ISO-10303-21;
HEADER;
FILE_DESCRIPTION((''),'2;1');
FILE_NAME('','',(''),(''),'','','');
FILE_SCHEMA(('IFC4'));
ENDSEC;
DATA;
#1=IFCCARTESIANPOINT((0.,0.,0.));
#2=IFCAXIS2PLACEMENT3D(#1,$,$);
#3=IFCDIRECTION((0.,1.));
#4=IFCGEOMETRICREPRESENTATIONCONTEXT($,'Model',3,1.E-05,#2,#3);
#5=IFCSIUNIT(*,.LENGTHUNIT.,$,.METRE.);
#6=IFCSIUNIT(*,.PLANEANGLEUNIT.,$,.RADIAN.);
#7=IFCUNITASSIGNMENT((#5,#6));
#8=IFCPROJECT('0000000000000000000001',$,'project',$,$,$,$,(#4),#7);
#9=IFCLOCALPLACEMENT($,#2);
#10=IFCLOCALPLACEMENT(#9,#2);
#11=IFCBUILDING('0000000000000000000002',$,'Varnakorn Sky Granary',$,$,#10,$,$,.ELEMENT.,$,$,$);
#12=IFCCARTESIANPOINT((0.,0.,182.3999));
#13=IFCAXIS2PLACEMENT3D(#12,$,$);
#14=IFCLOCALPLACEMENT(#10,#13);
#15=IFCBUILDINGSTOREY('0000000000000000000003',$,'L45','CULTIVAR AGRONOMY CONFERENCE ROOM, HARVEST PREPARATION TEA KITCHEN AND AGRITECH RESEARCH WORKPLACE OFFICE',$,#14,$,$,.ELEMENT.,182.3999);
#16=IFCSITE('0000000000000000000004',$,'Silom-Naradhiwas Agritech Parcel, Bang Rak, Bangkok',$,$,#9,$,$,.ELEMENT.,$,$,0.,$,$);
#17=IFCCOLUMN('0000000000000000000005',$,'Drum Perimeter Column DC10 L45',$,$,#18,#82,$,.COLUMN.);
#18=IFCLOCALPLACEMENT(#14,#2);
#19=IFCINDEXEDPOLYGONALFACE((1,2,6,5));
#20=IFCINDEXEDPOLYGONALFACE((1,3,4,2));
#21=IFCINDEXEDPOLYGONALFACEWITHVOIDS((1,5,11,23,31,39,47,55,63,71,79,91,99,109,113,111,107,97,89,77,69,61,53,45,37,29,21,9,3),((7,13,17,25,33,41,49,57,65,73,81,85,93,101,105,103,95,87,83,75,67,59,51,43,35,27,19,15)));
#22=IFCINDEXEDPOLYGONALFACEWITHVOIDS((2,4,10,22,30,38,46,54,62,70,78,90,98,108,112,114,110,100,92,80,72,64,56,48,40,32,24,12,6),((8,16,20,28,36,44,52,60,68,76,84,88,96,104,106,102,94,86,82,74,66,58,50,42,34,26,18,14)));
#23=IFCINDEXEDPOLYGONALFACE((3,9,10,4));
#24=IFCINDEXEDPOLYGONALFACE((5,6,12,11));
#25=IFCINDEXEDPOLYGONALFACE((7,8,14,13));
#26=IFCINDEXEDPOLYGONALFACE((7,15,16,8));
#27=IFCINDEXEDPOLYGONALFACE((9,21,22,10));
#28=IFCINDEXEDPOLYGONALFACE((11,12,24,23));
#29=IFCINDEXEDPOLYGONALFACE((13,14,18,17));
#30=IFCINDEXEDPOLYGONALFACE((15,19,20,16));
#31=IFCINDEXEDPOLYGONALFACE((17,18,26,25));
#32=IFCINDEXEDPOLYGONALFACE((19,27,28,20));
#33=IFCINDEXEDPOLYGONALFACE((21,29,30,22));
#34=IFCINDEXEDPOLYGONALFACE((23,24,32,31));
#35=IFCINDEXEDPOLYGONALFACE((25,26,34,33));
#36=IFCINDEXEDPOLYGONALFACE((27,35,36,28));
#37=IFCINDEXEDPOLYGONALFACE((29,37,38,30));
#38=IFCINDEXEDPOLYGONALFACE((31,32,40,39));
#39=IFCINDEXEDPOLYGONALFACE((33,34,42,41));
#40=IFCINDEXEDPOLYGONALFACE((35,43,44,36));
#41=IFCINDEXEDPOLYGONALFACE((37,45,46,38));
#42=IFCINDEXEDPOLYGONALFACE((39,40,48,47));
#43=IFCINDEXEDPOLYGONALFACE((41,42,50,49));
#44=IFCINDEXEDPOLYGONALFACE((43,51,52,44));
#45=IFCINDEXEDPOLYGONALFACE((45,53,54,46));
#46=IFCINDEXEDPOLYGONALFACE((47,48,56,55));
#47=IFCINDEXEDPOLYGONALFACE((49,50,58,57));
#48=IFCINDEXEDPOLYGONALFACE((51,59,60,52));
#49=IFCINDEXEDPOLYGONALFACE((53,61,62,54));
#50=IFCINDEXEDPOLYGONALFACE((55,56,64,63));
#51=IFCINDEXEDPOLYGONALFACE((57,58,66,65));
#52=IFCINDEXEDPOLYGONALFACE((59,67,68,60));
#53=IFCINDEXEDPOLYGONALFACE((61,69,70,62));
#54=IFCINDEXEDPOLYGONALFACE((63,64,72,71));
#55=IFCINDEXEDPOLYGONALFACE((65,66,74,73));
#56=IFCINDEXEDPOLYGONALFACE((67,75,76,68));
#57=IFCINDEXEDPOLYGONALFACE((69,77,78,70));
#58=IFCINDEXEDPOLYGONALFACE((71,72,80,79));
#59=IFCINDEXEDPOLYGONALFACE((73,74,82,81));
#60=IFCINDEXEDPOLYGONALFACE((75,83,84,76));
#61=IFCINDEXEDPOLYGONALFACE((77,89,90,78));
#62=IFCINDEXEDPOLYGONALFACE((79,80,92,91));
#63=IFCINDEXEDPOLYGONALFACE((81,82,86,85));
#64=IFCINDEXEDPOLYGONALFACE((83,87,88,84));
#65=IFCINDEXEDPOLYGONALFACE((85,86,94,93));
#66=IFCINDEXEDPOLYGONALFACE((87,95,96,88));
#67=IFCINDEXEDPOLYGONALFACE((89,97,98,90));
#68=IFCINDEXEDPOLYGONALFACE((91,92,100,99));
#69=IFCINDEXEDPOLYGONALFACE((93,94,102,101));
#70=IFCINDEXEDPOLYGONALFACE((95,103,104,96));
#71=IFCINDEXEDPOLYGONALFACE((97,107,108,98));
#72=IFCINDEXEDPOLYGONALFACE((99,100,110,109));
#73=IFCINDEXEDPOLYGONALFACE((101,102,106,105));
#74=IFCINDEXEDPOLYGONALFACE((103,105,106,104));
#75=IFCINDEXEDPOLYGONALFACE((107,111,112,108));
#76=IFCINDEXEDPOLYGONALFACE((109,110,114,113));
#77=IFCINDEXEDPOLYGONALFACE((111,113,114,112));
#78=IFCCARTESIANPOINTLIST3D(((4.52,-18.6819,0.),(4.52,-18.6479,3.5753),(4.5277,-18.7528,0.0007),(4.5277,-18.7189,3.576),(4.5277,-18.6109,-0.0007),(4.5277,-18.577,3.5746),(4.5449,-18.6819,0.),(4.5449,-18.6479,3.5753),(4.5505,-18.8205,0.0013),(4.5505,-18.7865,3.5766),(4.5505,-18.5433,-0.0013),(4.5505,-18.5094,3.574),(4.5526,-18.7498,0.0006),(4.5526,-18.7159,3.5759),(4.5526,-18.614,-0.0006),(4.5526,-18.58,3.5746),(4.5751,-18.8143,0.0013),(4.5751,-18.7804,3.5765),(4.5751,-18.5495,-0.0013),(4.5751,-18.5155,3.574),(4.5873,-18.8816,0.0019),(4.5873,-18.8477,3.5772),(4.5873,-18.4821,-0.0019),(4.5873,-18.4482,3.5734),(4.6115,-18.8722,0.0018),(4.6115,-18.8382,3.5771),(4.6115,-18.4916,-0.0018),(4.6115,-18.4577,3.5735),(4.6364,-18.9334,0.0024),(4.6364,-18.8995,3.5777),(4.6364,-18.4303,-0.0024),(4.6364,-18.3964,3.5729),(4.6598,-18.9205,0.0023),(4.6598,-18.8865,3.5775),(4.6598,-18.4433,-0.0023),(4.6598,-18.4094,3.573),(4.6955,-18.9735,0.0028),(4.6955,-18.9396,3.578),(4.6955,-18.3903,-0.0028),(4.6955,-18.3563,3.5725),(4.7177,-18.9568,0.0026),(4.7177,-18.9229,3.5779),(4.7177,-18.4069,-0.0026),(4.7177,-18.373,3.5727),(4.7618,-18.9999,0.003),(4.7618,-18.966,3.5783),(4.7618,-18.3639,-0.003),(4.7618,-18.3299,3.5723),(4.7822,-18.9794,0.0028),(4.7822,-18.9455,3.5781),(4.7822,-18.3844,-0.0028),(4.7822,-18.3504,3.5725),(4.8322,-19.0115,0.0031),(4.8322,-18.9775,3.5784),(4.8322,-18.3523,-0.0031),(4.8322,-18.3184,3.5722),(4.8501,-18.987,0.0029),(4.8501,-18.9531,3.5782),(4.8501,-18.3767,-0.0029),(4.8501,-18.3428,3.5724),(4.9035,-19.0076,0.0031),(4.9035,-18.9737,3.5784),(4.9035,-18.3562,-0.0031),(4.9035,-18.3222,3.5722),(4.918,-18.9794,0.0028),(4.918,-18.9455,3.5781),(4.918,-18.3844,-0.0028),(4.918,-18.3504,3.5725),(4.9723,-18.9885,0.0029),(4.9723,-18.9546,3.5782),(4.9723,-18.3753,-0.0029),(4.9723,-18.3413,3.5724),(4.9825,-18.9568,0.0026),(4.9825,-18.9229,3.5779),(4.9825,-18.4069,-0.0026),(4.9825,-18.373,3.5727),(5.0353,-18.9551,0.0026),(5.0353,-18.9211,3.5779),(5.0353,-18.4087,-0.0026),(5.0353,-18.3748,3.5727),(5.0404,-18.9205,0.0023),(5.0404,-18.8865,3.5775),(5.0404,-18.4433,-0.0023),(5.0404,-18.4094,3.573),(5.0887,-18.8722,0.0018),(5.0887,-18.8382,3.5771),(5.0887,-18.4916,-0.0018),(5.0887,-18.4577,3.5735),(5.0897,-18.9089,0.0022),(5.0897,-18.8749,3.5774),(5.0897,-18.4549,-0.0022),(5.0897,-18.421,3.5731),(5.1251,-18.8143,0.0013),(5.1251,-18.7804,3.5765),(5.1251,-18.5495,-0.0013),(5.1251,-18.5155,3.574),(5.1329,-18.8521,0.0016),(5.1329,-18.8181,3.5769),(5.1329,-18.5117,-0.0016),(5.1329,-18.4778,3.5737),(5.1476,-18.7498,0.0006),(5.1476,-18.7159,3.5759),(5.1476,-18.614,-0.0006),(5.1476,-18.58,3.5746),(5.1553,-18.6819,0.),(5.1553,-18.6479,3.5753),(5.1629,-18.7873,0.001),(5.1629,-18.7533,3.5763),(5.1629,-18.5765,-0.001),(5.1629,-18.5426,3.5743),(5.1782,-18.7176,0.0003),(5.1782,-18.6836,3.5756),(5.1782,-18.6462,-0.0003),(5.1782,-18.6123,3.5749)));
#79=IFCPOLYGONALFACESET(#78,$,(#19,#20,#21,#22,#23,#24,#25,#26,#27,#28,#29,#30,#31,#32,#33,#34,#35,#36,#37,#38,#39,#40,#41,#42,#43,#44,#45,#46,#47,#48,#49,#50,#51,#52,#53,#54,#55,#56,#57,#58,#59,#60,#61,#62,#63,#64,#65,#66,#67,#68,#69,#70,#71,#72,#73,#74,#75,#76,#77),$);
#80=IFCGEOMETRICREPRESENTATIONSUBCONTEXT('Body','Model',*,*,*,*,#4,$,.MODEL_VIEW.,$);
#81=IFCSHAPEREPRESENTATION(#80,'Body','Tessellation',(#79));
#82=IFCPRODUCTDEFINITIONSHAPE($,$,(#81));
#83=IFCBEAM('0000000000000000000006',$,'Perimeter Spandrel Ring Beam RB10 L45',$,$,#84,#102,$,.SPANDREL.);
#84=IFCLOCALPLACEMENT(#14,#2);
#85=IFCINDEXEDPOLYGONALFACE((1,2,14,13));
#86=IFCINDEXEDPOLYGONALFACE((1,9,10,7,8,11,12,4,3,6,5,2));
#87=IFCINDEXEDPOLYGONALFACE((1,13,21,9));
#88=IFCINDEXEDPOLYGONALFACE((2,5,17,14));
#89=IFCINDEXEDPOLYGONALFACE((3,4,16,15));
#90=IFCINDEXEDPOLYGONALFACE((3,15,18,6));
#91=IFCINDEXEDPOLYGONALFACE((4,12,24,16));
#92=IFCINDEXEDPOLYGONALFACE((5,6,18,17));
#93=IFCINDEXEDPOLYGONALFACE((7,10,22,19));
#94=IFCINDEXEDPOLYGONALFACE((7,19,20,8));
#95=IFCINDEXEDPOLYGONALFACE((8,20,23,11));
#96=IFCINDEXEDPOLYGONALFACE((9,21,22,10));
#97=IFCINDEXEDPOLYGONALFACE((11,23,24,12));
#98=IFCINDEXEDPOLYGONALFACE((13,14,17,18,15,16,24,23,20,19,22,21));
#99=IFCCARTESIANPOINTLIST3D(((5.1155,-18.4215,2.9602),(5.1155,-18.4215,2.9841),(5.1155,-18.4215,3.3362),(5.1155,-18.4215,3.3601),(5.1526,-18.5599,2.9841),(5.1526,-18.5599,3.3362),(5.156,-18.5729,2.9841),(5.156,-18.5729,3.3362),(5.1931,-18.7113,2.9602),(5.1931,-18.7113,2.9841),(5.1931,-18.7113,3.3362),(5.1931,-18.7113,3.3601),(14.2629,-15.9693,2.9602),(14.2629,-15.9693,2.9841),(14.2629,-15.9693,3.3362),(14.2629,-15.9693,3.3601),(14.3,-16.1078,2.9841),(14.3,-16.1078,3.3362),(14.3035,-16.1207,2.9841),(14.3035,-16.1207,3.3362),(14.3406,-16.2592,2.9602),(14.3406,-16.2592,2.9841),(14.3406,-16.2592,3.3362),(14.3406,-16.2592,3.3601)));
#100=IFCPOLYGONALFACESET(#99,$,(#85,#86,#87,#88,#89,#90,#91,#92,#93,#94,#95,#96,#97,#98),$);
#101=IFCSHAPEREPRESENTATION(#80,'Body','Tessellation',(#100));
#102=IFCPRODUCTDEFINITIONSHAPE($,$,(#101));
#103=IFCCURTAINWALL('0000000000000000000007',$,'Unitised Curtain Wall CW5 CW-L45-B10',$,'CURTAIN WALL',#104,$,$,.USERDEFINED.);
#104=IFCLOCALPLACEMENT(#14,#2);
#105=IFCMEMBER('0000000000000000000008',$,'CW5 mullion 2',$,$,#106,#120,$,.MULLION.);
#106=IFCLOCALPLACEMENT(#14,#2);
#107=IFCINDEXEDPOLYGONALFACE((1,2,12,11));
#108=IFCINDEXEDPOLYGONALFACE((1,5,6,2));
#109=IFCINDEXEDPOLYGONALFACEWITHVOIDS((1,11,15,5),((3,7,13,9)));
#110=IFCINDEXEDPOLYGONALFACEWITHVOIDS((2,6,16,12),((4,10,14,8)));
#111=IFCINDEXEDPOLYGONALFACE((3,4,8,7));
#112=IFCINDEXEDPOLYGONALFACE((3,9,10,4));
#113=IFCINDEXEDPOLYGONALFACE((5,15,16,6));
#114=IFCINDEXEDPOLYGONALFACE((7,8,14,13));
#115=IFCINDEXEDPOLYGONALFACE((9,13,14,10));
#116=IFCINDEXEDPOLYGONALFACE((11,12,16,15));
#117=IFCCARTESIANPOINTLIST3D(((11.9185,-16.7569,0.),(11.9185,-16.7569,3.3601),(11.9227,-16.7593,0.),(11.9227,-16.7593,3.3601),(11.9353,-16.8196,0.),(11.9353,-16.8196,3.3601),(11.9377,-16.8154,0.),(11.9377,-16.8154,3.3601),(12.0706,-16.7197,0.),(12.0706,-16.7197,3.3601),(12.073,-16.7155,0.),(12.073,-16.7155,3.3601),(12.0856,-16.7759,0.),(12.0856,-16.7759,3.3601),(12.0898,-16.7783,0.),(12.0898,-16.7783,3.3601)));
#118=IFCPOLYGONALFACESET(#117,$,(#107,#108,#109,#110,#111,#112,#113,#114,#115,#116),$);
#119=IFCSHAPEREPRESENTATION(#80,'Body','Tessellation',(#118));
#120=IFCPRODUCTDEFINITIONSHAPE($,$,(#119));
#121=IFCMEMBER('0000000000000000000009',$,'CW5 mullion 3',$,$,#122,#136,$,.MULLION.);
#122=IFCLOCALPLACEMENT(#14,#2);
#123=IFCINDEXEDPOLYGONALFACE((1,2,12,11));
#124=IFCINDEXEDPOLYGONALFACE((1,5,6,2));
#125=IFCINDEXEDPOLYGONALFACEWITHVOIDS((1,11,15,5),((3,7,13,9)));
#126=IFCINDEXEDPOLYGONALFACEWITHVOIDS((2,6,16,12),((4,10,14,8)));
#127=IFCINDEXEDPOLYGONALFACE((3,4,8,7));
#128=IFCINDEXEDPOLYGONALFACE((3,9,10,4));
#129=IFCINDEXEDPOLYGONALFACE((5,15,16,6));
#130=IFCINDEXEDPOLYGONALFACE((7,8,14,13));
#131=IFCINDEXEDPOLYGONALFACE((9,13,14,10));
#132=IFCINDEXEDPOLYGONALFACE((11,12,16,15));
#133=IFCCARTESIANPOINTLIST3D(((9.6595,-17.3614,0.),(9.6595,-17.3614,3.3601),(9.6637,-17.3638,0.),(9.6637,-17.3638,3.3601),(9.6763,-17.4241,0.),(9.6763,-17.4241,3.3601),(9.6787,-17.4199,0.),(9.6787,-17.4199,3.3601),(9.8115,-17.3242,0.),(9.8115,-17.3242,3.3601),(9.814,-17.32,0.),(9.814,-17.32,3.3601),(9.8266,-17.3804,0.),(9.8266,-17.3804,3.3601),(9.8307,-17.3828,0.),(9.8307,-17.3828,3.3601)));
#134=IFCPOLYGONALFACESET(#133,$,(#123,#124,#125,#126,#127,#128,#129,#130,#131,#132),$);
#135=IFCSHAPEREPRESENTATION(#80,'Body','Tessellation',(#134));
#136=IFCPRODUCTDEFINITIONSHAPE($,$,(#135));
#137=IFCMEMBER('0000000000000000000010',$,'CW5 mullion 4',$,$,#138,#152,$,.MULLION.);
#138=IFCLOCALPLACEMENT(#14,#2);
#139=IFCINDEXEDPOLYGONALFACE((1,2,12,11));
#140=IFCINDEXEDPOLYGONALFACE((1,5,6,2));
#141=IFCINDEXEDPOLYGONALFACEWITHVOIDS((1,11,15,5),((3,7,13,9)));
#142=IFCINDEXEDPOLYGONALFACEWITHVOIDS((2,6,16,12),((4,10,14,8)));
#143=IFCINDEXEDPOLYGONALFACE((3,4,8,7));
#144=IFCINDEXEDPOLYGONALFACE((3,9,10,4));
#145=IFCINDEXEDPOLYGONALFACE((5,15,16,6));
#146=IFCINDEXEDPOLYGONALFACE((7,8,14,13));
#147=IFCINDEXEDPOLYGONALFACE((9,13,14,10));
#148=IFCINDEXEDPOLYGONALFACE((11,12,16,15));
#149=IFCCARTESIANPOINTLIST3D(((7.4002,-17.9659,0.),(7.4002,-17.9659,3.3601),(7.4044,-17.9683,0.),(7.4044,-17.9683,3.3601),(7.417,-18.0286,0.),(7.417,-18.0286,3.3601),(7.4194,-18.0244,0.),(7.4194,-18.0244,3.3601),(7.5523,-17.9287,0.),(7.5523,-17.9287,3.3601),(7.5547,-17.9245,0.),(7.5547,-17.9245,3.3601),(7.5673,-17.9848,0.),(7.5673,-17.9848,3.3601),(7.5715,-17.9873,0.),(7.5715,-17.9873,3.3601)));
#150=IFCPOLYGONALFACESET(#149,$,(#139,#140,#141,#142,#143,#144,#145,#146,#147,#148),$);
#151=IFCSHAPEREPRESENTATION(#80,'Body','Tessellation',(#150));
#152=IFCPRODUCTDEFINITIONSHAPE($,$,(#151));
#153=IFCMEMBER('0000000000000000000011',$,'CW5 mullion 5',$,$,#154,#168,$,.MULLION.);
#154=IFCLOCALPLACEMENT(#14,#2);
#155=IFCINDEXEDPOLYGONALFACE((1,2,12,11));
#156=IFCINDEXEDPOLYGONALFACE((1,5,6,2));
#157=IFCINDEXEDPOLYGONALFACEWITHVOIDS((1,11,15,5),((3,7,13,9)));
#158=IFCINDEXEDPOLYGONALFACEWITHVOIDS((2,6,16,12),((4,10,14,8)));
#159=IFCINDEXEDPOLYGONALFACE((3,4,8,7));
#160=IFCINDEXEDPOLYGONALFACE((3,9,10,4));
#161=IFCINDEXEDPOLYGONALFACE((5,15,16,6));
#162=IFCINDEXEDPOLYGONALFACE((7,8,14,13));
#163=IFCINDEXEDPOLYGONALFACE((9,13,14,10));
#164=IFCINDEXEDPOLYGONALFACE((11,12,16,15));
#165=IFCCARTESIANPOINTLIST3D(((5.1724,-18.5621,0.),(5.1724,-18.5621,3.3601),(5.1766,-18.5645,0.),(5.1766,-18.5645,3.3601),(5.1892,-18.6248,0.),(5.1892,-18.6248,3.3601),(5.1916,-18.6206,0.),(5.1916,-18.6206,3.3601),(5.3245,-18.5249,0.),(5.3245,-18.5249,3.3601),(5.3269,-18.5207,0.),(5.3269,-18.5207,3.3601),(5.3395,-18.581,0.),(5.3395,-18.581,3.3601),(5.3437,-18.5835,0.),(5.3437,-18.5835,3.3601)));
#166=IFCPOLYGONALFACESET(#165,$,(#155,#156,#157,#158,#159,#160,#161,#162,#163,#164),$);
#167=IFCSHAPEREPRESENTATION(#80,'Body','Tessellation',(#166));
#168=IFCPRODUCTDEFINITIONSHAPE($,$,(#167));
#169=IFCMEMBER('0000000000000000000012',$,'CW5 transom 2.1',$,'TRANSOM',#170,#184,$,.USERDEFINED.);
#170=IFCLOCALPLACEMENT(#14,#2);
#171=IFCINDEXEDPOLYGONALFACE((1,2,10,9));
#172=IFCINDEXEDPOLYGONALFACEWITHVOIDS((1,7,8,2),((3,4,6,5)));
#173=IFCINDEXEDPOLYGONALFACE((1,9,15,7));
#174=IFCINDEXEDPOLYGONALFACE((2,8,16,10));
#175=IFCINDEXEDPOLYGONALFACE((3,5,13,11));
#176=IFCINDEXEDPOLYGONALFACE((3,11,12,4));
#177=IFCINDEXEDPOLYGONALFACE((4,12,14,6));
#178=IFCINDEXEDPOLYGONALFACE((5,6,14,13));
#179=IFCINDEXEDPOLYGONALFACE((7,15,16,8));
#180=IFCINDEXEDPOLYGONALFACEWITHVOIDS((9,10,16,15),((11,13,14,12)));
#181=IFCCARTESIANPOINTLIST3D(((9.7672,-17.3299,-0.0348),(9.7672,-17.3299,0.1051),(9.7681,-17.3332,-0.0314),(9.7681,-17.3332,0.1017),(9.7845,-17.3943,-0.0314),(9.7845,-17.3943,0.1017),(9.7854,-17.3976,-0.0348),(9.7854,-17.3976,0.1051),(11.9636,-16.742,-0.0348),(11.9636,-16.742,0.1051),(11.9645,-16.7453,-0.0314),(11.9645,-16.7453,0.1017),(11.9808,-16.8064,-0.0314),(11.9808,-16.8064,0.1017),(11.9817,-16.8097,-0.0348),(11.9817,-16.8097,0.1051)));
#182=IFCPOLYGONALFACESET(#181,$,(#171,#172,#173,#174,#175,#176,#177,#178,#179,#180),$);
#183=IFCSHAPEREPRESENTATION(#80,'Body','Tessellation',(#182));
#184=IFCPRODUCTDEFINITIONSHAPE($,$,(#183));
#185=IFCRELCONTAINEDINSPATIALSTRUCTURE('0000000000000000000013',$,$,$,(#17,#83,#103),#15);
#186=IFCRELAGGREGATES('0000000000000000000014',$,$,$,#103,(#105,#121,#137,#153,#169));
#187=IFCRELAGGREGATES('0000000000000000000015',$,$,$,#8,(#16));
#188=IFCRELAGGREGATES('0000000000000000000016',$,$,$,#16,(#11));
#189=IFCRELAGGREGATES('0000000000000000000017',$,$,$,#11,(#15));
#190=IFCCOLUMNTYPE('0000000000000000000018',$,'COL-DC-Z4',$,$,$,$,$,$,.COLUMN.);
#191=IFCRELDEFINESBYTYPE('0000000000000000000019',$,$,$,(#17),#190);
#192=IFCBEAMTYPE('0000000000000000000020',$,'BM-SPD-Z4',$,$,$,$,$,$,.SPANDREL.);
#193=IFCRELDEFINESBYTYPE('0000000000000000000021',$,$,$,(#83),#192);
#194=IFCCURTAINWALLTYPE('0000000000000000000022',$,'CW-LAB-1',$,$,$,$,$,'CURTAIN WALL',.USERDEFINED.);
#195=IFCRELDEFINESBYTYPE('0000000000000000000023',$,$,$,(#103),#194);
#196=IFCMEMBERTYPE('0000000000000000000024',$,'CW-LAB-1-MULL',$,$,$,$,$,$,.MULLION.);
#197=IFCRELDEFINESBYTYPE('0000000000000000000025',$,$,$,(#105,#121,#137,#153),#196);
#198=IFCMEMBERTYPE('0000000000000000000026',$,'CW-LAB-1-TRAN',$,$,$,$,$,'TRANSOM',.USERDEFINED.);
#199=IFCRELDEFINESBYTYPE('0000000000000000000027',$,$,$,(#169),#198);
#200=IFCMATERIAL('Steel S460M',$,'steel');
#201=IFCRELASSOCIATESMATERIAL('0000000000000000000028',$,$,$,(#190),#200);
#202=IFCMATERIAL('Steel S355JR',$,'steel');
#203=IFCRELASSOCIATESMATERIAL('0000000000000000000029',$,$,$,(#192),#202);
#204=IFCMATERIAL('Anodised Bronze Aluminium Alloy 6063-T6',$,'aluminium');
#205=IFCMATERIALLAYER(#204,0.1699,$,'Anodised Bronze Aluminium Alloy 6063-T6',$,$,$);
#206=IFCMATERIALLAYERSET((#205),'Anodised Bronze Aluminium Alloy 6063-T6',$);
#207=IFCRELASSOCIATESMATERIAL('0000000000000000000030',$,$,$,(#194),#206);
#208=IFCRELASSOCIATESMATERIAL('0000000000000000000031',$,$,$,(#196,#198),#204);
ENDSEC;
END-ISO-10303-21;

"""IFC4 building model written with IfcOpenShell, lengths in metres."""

from ifc_helpers import new_model, si_unit, direction, frame, origin, origin_2d, place, context, subcontext, project, spatial, hollow_rectangle, hollow_circle, i_section, extrude, material, layer, layer_set, material_profile, profile_set, type_object, element, aggregate, save


model = new_model("IFC4")

# Units and contexts
model_context = context("Model", 3, precision=1e-05, world=origin(), true_north=direction((0.0, 1.0)))
body_context = subcontext(model_context, "Body", "Model", "MODEL_VIEW")
ifc_project = project(units=[si_unit("LENGTHUNIT", "METRE"), si_unit("PLANEANGLEUNIT", "RADIAN")], contexts=[model_context])

# Site, building, storey
site_placement = place(None, origin())
site = spatial("IfcSite", under=ifc_project, at=site_placement, Name="Silom-Naradhiwas Agritech Parcel, Bang Rak, Bangkok", CompositionType="ELEMENT", RefElevation=0.0)
building_placement = place(site_placement, origin())
building = spatial("IfcBuilding", under=site, at=building_placement, Name="Varnakorn Sky Granary", CompositionType="ELEMENT")
storey_placement = place(building_placement, frame((0.0, 0.0, 182.3999)))
storey = spatial("IfcBuildingStorey", under=building, at=storey_placement, Name="L45", Description="CULTIVAR AGRONOMY CONFERENCE ROOM, HARVEST PREPARATION TEA KITCHEN AND AGRITECH RESEARCH WORKPLACE OFFICE", CompositionType="ELEMENT", Elevation=182.3999)

# Column
ifc_material_1 = material(Name="Steel S460M", Category="steel")
ifc_material_profile_1 = material_profile(ifc_material_1, hollow_circle(Radius=0.3301, WallThickness=0.0249, at=origin_2d()), Name="CHS 660x25")
ifc_profile_set_1 = profile_set([ifc_material_profile_1], Name="Steel S460M")
column_type = type_object("IfcColumnType", Name="COL-DC-Z4", PredefinedType="COLUMN", material=ifc_profile_set_1)
column_placement = place(storey_placement, frame((4.8501, -18.6819, 0.0), z_axis=(0.0, 0.009492, 0.999955), x_axis=(-1.0, 0.0, 0.0)))
element("IfcColumn", 1, at=column_placement, inside=storey, type_object=column_type, Name="Drum Perimeter Column DC10 L45", PredefinedType="COLUMN", context=body_context, shape_type="SweptSolid", body=[
    extrude(hollow_circle(Radius=0.3301, WallThickness=0.0249, at=origin_2d()), origin(), (0.0, 0.0, 1.0), 3.5754),
])

# Beam
ifc_material_2 = material(Name="Steel S355JR", Category="steel")
ifc_material_profile_2 = material_profile(ifc_material_2, i_section(OverallWidth=0.3, OverallDepth=0.3999, WebThickness=0.0134, FlangeThickness=0.0239, at=origin_2d()), Name="HE 400 B")
ifc_profile_set_2 = profile_set([ifc_material_profile_2], Name="Steel S355JR")
beam_type = type_object("IfcBeamType", Name="BM-SPD-Z4", PredefinedType="SPANDREL", material=ifc_profile_set_2)
beam_placement = place(storey_placement, frame((5.1543, -18.5664, 3.1602), z_axis=(0.965897, 0.258927, 0.0), x_axis=(-0.258927, 0.965897, 0.0)))
element("IfcBeam", 2, at=beam_placement, inside=storey, type_object=beam_type, Name="Perimeter Spandrel Ring Beam RB10 L45", PredefinedType="SPANDREL", context=body_context, shape_type="SweptSolid", body=[
    extrude(i_section(OverallWidth=0.3, OverallDepth=0.3999, WebThickness=0.0134, FlangeThickness=0.0239, at=origin_2d()), origin(), (0.0, 0.0, 1.0), 9.4705),
])

# Curtain wall, members
ifc_material_3 = material(Name="Anodised Bronze Aluminium Alloy 6063-T6", Category="aluminium")
ifc_layer_1 = layer(ifc_material_3, 0.1699, Name="Anodised Bronze Aluminium Alloy 6063-T6")
ifc_layer_set_1 = layer_set([ifc_layer_1], Name="Anodised Bronze Aluminium Alloy 6063-T6")
curtain_wall_type = type_object("IfcCurtainWallType", Name="CW-LAB-1", ElementType="CURTAIN WALL", PredefinedType="USERDEFINED", material=ifc_layer_set_1)
curtain_wall_placement = place(storey_placement, origin())
curtain_wall = element("IfcCurtainWall", 3, at=curtain_wall_placement, inside=storey, type_object=curtain_wall_type, Name="Unitised Curtain Wall CW5 CW-L45-B10", ObjectType="CURTAIN WALL", PredefinedType="USERDEFINED")
ifc_material_profile_3 = material_profile(ifc_material_3, hollow_rectangle(XDim=0.0649, YDim=0.1599, WallThickness=0.0034, at=origin_2d()), Name="ALU MULL 65x160")
ifc_profile_set_3 = profile_set([ifc_material_profile_3], Name="Anodised Bronze Aluminium Alloy 6063-T6")
member_type_1 = type_object("IfcMemberType", Name="CW-LAB-1-MULL", PredefinedType="MULLION", material=ifc_profile_set_3)
member_1_placement = place(storey_placement, frame((12.0042, -16.7676, 0.0), z_axis=(0.0, 0.0, 1.0), x_axis=(0.258505, -0.96601, 0.0)))
member_1 = element("IfcMember", 4, at=member_1_placement, type_object=member_type_1, Name="CW5 mullion 2", PredefinedType="MULLION", context=body_context, shape_type="SweptSolid", body=[
    extrude(hollow_rectangle(XDim=0.0649, YDim=0.1599, WallThickness=0.0034, at=origin_2d()), origin(), (0.0, 0.0, 1.0), 3.3601),
])
member_2_placement = place(storey_placement, frame((9.7451, -17.3721, 0.0), z_axis=(0.0, 0.0, 1.0), x_axis=(0.258505, -0.96601, 0.0)))
member_2 = element("IfcMember", 5, at=member_2_placement, type_object=member_type_1, Name="CW5 mullion 3", PredefinedType="MULLION", context=body_context, shape_type="SweptSolid", body=[
    extrude(hollow_rectangle(XDim=0.0649, YDim=0.1599, WallThickness=0.0034, at=origin_2d()), origin(), (0.0, 0.0, 1.0), 3.3601),
])
member_3_placement = place(storey_placement, frame((7.4858, -17.9766, 0.0), z_axis=(0.0, 0.0, 1.0), x_axis=(0.258505, -0.96601, 0.0)))
member_3 = element("IfcMember", 6, at=member_3_placement, type_object=member_type_1, Name="CW5 mullion 4", PredefinedType="MULLION", context=body_context, shape_type="SweptSolid", body=[
    extrude(hollow_rectangle(XDim=0.0649, YDim=0.1599, WallThickness=0.0034, at=origin_2d()), origin(), (0.0, 0.0, 1.0), 3.3601),
])
member_4_placement = place(storey_placement, frame((5.2581, -18.5728, 0.0), z_axis=(0.0, 0.0, 1.0), x_axis=(0.258505, -0.96601, 0.0)))
member_4 = element("IfcMember", 7, at=member_4_placement, type_object=member_type_1, Name="CW5 mullion 5", PredefinedType="MULLION", context=body_context, shape_type="SweptSolid", body=[
    extrude(hollow_rectangle(XDim=0.0649, YDim=0.1599, WallThickness=0.0034, at=origin_2d()), origin(), (0.0, 0.0, 1.0), 3.3601),
])
ifc_material_profile_4 = material_profile(ifc_material_3, hollow_rectangle(XDim=0.0701, YDim=0.1399, WallThickness=0.0034, at=origin_2d()), Name="ALU TRAN 70x140")
ifc_profile_set_4 = profile_set([ifc_material_profile_4], Name="Anodised Bronze Aluminium Alloy 6063-T6")
member_type_2 = type_object("IfcMemberType", Name="CW-LAB-1-TRAN", ElementType="TRANSOM", PredefinedType="USERDEFINED", material=ifc_profile_set_4)
member_5_placement = place(storey_placement, frame((11.9727, -16.7759, 0.0352), z_axis=(-0.965992, -0.258571, 0.0), x_axis=(0.258571, -0.965992, 0.0)))
member_5 = element("IfcMember", 8, at=member_5_placement, type_object=member_type_2, Name="CW5 transom 2.1", ObjectType="TRANSOM", PredefinedType="USERDEFINED", context=body_context, shape_type="SweptSolid", body=[
    extrude(hollow_rectangle(XDim=0.0701, YDim=0.1399, WallThickness=0.0034, at=origin_2d()), origin(), (0.0, 0.0, 1.0), 2.2737),
])
aggregate(curtain_wall, [member_1, member_2, member_3, member_4, member_5])

save(model, "model.ifc")
